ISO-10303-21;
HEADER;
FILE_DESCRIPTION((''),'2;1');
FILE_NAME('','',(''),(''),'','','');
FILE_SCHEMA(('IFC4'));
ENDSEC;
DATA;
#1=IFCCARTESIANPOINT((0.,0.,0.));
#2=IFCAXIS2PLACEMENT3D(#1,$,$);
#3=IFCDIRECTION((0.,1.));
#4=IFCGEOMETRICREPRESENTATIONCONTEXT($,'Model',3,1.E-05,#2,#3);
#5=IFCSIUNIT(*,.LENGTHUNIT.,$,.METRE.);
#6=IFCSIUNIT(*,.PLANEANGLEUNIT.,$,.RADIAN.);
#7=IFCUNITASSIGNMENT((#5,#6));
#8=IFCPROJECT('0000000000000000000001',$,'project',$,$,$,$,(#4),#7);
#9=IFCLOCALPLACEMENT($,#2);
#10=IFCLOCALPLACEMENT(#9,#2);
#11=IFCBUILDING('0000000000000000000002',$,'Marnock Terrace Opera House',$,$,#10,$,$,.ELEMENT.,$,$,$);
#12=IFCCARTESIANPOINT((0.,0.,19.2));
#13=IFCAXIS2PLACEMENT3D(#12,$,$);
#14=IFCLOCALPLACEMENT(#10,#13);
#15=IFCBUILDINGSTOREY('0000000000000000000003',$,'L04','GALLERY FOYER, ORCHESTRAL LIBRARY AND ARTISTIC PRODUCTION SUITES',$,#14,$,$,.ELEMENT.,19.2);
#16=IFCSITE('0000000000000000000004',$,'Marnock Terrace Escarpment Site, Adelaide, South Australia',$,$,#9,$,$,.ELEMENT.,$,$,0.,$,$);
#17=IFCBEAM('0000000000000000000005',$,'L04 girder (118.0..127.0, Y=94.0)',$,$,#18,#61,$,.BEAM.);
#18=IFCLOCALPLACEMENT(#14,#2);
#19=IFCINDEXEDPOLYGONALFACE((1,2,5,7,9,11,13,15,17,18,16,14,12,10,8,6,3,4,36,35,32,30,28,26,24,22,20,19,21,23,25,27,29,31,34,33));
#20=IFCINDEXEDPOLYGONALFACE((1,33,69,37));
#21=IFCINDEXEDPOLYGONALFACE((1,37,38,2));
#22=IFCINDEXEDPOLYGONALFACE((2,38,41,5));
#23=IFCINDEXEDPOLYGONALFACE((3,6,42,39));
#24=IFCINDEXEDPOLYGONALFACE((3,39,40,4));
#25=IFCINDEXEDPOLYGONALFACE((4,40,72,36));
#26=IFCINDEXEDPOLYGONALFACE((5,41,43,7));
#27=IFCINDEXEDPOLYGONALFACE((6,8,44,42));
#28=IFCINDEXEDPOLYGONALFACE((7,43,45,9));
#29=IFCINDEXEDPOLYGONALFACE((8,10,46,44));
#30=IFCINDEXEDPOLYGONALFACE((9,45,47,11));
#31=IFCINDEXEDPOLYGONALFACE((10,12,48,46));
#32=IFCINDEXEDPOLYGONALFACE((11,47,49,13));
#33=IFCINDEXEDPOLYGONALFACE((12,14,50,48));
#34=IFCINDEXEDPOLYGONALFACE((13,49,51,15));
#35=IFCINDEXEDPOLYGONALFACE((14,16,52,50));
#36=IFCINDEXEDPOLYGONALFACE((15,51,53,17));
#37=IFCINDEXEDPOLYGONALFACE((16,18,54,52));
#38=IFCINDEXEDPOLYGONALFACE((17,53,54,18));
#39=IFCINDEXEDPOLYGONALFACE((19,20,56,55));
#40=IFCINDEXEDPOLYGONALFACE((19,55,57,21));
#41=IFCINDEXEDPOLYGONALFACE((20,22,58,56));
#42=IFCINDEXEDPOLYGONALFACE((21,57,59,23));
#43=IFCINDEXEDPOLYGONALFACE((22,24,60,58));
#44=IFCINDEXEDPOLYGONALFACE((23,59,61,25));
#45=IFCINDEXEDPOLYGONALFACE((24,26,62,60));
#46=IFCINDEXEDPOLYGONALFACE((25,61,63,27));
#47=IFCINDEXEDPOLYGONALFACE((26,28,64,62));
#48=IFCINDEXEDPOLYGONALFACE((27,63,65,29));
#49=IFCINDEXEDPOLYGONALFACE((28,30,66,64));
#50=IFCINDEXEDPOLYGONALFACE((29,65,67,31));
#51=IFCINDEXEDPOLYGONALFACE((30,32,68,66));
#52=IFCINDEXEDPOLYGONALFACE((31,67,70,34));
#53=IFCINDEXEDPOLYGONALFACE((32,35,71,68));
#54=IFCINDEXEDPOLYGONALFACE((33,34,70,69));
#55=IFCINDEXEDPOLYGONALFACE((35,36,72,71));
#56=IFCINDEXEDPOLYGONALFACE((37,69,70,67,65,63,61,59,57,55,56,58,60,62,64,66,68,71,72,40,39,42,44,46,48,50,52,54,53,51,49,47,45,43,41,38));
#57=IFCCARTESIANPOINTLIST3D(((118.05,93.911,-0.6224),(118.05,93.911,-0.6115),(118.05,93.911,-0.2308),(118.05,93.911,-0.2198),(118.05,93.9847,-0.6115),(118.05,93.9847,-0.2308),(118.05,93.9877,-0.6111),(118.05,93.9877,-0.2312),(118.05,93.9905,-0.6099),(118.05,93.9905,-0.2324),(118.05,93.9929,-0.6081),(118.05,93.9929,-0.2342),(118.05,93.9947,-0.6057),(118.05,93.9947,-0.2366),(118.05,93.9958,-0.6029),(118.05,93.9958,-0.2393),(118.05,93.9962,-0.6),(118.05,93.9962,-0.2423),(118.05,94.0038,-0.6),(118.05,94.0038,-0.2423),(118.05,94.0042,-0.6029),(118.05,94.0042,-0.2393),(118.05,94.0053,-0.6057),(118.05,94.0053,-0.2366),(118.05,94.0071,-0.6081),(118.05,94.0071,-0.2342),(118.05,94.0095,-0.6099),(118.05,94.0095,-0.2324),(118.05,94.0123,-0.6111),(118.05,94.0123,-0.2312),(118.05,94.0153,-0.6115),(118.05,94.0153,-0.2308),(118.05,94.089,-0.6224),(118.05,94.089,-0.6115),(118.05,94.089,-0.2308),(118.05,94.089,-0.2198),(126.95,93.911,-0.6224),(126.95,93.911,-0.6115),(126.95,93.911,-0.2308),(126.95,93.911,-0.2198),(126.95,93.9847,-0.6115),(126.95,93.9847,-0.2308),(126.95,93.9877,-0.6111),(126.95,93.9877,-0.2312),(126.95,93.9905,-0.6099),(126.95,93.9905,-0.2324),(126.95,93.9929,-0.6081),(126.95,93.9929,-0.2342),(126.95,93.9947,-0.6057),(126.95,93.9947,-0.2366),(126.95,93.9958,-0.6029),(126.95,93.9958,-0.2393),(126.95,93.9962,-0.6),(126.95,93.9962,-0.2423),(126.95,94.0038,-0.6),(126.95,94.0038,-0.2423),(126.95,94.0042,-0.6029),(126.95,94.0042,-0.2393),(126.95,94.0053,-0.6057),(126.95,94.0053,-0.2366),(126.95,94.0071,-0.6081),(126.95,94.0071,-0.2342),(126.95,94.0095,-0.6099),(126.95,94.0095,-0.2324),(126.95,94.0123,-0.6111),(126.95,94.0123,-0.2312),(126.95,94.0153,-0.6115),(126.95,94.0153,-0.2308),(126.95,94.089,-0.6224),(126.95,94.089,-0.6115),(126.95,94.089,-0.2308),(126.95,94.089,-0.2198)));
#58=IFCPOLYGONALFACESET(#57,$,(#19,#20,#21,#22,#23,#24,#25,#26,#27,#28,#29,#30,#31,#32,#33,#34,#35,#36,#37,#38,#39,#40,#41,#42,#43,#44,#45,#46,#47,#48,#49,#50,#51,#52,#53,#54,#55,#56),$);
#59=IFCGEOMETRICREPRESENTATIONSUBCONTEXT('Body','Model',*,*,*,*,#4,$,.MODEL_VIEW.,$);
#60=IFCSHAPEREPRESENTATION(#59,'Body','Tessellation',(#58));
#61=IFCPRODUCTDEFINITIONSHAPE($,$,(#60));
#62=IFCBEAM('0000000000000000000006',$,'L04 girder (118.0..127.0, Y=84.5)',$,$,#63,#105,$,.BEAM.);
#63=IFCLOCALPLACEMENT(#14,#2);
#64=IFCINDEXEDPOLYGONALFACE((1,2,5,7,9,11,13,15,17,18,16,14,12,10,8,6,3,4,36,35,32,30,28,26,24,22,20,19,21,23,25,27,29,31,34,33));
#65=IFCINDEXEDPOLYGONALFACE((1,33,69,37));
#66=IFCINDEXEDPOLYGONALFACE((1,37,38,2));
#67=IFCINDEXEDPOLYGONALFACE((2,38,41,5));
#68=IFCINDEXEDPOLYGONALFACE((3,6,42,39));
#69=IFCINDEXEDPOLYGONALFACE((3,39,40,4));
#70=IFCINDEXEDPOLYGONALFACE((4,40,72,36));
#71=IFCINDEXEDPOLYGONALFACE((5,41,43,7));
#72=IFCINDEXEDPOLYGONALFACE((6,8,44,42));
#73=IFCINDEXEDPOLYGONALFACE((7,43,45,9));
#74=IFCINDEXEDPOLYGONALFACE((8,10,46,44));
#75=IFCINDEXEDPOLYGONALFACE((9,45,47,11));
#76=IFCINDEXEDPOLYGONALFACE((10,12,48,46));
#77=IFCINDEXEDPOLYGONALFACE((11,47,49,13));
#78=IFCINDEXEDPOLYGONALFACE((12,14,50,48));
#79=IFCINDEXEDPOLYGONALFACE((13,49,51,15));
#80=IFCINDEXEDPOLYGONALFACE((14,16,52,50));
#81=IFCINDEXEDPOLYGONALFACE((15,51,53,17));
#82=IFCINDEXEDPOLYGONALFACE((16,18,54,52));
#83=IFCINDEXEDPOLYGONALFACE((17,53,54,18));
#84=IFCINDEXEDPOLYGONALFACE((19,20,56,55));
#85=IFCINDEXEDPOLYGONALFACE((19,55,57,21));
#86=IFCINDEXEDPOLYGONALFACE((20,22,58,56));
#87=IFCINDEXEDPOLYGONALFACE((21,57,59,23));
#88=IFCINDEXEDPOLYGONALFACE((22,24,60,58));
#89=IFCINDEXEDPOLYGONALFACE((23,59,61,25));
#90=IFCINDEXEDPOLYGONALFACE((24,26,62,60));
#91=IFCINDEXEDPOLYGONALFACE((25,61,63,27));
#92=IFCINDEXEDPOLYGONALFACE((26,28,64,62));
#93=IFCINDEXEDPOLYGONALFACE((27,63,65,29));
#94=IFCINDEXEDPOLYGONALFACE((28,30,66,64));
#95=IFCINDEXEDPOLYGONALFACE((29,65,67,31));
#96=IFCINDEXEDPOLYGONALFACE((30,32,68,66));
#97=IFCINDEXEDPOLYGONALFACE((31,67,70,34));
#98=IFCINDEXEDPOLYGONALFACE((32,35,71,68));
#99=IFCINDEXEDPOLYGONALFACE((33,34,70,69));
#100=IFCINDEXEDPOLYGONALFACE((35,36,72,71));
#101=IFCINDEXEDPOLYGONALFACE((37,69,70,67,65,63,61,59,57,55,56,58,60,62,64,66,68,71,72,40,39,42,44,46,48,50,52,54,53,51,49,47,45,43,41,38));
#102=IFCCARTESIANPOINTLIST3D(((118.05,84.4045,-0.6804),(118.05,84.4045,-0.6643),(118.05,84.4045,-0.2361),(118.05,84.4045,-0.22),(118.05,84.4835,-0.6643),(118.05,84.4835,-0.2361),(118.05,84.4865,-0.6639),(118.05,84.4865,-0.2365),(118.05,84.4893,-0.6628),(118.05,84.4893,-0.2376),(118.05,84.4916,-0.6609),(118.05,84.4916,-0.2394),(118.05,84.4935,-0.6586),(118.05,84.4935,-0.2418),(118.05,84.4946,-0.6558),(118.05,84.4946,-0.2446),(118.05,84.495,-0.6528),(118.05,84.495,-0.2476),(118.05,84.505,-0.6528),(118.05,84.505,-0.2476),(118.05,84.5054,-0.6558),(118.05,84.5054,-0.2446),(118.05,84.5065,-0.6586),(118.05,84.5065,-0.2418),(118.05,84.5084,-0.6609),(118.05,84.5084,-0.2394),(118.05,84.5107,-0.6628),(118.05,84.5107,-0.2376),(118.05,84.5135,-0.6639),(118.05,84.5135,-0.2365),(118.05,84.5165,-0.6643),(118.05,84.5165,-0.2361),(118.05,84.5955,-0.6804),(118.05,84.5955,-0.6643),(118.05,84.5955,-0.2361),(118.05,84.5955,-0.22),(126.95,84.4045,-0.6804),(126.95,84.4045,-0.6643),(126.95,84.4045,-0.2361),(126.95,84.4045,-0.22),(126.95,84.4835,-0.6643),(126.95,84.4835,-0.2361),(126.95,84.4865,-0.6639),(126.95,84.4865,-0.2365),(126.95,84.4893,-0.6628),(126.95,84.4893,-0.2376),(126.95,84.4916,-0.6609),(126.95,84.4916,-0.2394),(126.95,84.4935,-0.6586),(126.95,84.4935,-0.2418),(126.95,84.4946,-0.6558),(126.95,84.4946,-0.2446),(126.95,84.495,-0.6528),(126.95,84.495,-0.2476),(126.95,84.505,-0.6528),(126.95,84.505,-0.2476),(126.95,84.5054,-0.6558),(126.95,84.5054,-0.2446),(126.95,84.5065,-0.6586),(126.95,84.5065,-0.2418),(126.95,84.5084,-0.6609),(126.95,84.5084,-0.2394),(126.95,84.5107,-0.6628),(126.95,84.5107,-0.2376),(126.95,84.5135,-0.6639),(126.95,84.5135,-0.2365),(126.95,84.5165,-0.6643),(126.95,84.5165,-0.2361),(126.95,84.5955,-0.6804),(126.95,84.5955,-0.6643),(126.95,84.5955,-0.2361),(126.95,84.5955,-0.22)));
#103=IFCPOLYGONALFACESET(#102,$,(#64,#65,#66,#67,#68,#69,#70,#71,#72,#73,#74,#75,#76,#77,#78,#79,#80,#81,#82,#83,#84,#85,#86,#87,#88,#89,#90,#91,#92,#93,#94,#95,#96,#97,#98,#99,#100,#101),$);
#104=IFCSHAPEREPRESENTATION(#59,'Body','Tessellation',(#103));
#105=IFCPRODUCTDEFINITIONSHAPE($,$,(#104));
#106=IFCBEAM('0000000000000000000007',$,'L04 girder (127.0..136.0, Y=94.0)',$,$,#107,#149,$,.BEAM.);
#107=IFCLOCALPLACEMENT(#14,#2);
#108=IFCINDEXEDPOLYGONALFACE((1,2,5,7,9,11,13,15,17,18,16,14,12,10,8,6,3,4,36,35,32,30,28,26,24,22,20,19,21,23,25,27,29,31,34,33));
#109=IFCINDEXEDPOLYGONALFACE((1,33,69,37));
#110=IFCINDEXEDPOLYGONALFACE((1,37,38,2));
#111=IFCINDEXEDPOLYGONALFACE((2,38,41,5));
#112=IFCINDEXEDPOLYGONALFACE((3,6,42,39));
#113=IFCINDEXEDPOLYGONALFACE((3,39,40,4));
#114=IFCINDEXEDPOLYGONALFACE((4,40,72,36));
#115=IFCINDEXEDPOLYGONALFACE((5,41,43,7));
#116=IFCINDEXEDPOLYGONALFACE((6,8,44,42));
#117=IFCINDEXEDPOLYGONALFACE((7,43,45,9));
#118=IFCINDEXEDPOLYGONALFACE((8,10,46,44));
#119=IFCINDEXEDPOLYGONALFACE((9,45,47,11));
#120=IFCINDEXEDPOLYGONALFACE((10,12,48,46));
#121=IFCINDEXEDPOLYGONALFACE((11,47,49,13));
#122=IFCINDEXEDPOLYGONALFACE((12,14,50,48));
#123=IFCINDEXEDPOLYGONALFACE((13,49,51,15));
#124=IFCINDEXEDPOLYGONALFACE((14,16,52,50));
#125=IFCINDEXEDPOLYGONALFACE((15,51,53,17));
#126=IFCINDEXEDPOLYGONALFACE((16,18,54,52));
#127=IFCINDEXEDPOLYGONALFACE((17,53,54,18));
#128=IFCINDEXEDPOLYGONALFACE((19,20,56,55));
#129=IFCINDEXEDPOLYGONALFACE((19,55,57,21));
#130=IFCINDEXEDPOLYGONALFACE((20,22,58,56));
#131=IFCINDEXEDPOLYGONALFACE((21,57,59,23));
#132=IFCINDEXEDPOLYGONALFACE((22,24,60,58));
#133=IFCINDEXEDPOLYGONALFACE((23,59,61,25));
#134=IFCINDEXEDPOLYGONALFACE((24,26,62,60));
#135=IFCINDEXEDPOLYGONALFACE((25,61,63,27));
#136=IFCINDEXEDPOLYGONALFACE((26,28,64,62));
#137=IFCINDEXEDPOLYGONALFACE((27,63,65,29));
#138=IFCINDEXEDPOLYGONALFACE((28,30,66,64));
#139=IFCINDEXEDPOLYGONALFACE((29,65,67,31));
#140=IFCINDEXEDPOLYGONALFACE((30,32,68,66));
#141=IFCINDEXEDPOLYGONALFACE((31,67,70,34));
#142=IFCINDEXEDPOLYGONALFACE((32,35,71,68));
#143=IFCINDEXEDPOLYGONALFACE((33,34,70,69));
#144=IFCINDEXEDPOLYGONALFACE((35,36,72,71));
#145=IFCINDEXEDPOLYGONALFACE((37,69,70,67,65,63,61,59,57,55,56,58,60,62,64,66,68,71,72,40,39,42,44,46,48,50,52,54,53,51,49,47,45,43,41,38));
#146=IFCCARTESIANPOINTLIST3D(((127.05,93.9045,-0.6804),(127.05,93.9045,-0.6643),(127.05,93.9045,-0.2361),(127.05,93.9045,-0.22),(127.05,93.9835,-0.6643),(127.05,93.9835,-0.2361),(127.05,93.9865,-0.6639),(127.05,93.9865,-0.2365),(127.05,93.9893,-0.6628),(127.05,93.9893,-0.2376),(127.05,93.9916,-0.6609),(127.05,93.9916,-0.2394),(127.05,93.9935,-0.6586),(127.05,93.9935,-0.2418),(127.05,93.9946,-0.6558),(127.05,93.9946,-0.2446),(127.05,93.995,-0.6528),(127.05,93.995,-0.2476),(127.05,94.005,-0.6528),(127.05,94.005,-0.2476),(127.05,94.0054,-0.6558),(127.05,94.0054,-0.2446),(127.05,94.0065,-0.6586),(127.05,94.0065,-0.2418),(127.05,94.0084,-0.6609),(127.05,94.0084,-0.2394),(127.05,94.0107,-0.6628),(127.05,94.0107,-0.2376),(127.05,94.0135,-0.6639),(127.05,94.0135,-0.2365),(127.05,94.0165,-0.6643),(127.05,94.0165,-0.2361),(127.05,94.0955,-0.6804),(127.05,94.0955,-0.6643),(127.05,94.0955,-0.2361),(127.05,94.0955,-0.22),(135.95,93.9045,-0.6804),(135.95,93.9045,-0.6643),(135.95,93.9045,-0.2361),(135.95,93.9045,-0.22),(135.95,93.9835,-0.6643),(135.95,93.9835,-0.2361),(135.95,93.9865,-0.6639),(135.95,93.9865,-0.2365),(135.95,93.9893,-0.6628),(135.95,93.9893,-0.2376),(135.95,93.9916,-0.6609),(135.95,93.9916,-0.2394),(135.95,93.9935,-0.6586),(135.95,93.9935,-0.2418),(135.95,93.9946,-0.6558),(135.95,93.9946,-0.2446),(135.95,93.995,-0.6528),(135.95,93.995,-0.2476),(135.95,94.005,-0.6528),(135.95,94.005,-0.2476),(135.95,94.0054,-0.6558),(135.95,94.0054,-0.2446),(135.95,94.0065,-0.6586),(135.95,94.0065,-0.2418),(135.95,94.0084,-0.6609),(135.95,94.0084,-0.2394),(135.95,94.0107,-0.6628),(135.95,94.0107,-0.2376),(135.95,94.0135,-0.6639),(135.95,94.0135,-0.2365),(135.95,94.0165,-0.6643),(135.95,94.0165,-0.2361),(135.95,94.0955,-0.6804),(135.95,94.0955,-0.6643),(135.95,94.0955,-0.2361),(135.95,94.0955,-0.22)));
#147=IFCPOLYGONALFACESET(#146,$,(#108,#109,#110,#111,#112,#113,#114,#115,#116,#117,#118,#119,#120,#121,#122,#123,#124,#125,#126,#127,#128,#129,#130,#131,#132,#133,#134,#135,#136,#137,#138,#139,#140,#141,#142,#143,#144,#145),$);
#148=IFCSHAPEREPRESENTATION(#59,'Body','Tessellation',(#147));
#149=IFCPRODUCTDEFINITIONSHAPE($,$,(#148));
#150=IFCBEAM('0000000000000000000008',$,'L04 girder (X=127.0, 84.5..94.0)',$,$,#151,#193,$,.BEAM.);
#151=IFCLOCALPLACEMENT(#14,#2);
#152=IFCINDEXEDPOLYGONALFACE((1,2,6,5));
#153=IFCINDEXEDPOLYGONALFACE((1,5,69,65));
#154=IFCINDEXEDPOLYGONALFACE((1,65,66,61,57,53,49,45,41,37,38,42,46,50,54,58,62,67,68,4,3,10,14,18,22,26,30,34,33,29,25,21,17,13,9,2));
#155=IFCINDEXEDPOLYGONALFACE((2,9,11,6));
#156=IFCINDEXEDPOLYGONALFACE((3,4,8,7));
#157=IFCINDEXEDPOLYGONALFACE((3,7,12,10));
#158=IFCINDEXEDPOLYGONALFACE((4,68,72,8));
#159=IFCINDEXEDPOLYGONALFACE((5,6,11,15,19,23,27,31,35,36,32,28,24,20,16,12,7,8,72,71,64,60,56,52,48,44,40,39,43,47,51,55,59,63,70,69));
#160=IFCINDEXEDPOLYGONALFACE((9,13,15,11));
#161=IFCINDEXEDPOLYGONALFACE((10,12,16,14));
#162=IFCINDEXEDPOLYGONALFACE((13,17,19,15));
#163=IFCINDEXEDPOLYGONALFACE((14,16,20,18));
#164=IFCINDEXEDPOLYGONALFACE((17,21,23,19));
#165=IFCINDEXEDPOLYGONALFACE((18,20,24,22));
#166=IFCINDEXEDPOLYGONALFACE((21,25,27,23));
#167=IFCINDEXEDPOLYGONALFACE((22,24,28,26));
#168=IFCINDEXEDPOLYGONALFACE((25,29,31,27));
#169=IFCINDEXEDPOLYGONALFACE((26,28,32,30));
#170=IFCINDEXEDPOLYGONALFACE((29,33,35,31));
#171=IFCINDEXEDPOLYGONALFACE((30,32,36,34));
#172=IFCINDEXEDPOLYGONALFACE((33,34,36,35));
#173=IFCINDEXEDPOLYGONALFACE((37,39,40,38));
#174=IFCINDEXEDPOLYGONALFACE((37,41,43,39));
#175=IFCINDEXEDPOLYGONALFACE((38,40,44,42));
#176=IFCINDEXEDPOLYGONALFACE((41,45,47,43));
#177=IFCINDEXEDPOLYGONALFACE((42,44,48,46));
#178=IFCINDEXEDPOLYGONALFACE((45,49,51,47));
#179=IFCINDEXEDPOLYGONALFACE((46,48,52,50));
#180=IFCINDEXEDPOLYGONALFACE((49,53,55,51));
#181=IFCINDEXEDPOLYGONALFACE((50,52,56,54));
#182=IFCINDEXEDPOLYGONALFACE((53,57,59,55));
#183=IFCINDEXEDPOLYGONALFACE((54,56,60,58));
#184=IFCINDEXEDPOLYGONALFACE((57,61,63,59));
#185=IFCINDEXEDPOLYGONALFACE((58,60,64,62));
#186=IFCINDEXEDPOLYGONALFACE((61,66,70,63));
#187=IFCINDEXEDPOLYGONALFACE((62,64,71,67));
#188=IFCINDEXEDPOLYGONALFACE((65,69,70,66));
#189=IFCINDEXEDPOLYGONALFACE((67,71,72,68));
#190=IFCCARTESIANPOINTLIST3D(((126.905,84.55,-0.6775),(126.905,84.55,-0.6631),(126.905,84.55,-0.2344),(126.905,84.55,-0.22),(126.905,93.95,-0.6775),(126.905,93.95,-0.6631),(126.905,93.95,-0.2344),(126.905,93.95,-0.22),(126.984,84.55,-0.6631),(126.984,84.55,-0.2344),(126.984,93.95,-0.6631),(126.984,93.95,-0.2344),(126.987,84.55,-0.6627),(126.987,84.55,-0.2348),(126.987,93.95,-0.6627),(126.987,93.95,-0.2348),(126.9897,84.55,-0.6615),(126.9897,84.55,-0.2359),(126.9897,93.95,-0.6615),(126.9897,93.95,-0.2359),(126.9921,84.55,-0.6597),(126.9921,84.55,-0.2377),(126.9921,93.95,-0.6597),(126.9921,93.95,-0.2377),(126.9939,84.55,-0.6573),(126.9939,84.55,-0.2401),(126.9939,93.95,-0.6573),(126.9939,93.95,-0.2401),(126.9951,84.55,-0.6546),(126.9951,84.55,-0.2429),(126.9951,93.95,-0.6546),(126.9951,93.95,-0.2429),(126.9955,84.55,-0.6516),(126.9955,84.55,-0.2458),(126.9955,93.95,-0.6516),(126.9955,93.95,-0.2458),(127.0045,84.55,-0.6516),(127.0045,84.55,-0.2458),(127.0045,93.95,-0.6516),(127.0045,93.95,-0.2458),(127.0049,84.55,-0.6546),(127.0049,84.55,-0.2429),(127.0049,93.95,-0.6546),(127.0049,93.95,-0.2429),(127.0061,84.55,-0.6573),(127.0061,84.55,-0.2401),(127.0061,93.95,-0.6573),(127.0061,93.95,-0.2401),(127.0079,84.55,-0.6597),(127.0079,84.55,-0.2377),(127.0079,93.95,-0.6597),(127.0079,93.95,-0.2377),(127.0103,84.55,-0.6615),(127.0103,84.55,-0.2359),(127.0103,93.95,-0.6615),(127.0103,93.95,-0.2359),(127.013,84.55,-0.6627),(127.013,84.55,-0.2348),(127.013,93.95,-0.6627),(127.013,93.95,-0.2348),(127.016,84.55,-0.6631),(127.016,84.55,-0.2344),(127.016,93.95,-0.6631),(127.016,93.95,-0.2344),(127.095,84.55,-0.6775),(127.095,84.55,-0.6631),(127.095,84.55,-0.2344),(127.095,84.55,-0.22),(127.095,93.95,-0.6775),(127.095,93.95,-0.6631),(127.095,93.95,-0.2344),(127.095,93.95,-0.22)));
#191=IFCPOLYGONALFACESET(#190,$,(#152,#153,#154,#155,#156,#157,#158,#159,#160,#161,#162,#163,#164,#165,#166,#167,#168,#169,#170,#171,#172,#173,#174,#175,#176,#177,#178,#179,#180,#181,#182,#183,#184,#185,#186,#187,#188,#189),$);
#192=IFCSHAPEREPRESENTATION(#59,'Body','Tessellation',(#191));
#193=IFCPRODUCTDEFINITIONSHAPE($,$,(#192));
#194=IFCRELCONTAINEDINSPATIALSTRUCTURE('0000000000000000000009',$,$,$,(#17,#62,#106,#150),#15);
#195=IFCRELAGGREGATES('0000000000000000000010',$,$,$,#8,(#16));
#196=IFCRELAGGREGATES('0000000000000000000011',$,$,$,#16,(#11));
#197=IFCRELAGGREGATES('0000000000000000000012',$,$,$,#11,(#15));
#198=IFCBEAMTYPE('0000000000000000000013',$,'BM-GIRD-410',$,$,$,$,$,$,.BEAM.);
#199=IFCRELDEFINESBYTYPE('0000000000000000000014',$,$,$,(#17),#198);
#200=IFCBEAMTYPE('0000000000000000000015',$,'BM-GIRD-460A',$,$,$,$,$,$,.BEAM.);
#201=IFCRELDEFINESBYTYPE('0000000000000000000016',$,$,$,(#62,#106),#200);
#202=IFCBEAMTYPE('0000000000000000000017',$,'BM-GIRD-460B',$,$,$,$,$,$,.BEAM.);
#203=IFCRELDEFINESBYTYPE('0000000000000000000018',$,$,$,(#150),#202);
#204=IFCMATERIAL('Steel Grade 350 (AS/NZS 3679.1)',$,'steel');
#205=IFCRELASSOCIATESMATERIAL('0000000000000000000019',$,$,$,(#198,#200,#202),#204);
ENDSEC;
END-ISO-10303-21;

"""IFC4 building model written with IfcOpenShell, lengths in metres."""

from ifc_helpers import new_model, si_unit, direction, frame, origin, origin_2d, place, context, subcontext, project, spatial, i_section, extrude, material, material_profile, profile_set, type_object, element, save


model = new_model("IFC4")

# Units and contexts
model_context = context("Model", 3, precision=1e-05, world=origin(), true_north=direction((0.0, 1.0)))
body_context = subcontext(model_context, "Body", "Model", "MODEL_VIEW")
ifc_project = project(units=[si_unit("LENGTHUNIT", "METRE"), si_unit("PLANEANGLEUNIT", "RADIAN")], contexts=[model_context])

# Site, building, storey
site_placement = place(None, origin())
site = spatial("IfcSite", under=ifc_project, at=site_placement, Name="Marnock Terrace Escarpment Site, Adelaide, South Australia", CompositionType="ELEMENT", RefElevation=0.0)
building_placement = place(site_placement, origin())
building = spatial("IfcBuilding", under=site, at=building_placement, Name="Marnock Terrace Opera House", CompositionType="ELEMENT")
storey_placement = place(building_placement, frame((0.0, 0.0, 19.2)))
storey = spatial("IfcBuildingStorey", under=building, at=storey_placement, Name="L04", Description="GALLERY FOYER, ORCHESTRAL LIBRARY AND ARTISTIC PRODUCTION SUITES", CompositionType="ELEMENT", Elevation=19.2)

# Beams
ifc_material_1 = material(Name="Steel Grade 350 (AS/NZS 3679.1)", Category="steel")
ifc_material_profile_1 = material_profile(ifc_material_1, i_section(OverallWidth=0.178, OverallDepth=0.4026, WebThickness=0.0076, FlangeThickness=0.011, FilletRadius=0.0115, at=origin_2d()))
ifc_profile_set_1 = profile_set([ifc_material_profile_1], Name="Steel Grade 350 (AS/NZS 3679.1)")
beam_type_1 = type_object("IfcBeamType", Name="BM-GIRD-410", PredefinedType="BEAM", material=ifc_profile_set_1)
beam_1_placement = place(storey_placement, frame((118.05, 94.0, -0.4211), z_axis=(1.0, 0.0, 0.0), x_axis=(0.0, 1.0, 0.0)))
element("IfcBeam", 1, at=beam_1_placement, inside=storey, type_object=beam_type_1, Name="L04 girder (118.0..127.0, Y=94.0)", PredefinedType="BEAM", context=body_context, shape_type="SweptSolid", body=[
    extrude(i_section(OverallWidth=0.178, OverallDepth=0.4026, WebThickness=0.0076, FlangeThickness=0.011, FilletRadius=0.0115, at=origin_2d()), origin(), (0.0, 0.0, 1.0), 8.8999),
])
ifc_material_profile_2 = material_profile(ifc_material_1, i_section(OverallWidth=0.1909, OverallDepth=0.4604, WebThickness=0.01, FlangeThickness=0.0161, FilletRadius=0.0115, at=origin_2d()))
ifc_profile_set_2 = profile_set([ifc_material_profile_2], Name="Steel Grade 350 (AS/NZS 3679.1)")
beam_type_2 = type_object("IfcBeamType", Name="BM-GIRD-460A", PredefinedType="BEAM", material=ifc_profile_set_2)
for number, where, z_axis, x_axis, name in (
    (2, (118.05, 84.5, -0.4502), (1.0, 0.0, 0.0), (0.0, 1.0, 0.0), "L04 girder (118.0..127.0, Y=84.5)"),
    (3, (127.05, 94.0, -0.4502), (1.0, 0.0, 0.0), (0.0, 1.0, 0.0), "L04 girder (127.0..136.0, Y=94.0)"),
):
    element("IfcBeam", number, at=place(storey_placement, frame(where, z_axis=z_axis, x_axis=x_axis)), inside=storey, type_object=beam_type_2, Name=name, PredefinedType="BEAM", context=body_context, shape_type="SweptSolid", body=[
        extrude(i_section(OverallWidth=0.1909, OverallDepth=0.4604, WebThickness=0.01, FlangeThickness=0.0161, FilletRadius=0.0115, at=origin_2d()), origin(), (0.0, 0.0, 1.0), 8.8999),
    ])
ifc_material_profile_3 = material_profile(ifc_material_1, i_section(OverallWidth=0.1899, OverallDepth=0.4575, WebThickness=0.009, FlangeThickness=0.0144, FilletRadius=0.0115, at=origin_2d()))
ifc_profile_set_3 = profile_set([ifc_material_profile_3], Name="Steel Grade 350 (AS/NZS 3679.1)")
beam_type_3 = type_object("IfcBeamType", Name="BM-GIRD-460B", PredefinedType="BEAM", material=ifc_profile_set_3)
beam_2_placement = place(storey_placement, frame((127.0, 84.55, -0.4487), z_axis=(0.0, 1.0, 0.0), x_axis=(-1.0, 0.0, 0.0)))
element("IfcBeam", 4, at=beam_2_placement, inside=storey, type_object=beam_type_3, Name="L04 girder (X=127.0, 84.5..94.0)", PredefinedType="BEAM", context=body_context, shape_type="SweptSolid", body=[
    extrude(i_section(OverallWidth=0.1899, OverallDepth=0.4575, WebThickness=0.009, FlangeThickness=0.0144, FilletRadius=0.0115, at=origin_2d()), origin(), (0.0, 0.0, 1.0), 9.3999),
])

save(model, "model.ifc")
